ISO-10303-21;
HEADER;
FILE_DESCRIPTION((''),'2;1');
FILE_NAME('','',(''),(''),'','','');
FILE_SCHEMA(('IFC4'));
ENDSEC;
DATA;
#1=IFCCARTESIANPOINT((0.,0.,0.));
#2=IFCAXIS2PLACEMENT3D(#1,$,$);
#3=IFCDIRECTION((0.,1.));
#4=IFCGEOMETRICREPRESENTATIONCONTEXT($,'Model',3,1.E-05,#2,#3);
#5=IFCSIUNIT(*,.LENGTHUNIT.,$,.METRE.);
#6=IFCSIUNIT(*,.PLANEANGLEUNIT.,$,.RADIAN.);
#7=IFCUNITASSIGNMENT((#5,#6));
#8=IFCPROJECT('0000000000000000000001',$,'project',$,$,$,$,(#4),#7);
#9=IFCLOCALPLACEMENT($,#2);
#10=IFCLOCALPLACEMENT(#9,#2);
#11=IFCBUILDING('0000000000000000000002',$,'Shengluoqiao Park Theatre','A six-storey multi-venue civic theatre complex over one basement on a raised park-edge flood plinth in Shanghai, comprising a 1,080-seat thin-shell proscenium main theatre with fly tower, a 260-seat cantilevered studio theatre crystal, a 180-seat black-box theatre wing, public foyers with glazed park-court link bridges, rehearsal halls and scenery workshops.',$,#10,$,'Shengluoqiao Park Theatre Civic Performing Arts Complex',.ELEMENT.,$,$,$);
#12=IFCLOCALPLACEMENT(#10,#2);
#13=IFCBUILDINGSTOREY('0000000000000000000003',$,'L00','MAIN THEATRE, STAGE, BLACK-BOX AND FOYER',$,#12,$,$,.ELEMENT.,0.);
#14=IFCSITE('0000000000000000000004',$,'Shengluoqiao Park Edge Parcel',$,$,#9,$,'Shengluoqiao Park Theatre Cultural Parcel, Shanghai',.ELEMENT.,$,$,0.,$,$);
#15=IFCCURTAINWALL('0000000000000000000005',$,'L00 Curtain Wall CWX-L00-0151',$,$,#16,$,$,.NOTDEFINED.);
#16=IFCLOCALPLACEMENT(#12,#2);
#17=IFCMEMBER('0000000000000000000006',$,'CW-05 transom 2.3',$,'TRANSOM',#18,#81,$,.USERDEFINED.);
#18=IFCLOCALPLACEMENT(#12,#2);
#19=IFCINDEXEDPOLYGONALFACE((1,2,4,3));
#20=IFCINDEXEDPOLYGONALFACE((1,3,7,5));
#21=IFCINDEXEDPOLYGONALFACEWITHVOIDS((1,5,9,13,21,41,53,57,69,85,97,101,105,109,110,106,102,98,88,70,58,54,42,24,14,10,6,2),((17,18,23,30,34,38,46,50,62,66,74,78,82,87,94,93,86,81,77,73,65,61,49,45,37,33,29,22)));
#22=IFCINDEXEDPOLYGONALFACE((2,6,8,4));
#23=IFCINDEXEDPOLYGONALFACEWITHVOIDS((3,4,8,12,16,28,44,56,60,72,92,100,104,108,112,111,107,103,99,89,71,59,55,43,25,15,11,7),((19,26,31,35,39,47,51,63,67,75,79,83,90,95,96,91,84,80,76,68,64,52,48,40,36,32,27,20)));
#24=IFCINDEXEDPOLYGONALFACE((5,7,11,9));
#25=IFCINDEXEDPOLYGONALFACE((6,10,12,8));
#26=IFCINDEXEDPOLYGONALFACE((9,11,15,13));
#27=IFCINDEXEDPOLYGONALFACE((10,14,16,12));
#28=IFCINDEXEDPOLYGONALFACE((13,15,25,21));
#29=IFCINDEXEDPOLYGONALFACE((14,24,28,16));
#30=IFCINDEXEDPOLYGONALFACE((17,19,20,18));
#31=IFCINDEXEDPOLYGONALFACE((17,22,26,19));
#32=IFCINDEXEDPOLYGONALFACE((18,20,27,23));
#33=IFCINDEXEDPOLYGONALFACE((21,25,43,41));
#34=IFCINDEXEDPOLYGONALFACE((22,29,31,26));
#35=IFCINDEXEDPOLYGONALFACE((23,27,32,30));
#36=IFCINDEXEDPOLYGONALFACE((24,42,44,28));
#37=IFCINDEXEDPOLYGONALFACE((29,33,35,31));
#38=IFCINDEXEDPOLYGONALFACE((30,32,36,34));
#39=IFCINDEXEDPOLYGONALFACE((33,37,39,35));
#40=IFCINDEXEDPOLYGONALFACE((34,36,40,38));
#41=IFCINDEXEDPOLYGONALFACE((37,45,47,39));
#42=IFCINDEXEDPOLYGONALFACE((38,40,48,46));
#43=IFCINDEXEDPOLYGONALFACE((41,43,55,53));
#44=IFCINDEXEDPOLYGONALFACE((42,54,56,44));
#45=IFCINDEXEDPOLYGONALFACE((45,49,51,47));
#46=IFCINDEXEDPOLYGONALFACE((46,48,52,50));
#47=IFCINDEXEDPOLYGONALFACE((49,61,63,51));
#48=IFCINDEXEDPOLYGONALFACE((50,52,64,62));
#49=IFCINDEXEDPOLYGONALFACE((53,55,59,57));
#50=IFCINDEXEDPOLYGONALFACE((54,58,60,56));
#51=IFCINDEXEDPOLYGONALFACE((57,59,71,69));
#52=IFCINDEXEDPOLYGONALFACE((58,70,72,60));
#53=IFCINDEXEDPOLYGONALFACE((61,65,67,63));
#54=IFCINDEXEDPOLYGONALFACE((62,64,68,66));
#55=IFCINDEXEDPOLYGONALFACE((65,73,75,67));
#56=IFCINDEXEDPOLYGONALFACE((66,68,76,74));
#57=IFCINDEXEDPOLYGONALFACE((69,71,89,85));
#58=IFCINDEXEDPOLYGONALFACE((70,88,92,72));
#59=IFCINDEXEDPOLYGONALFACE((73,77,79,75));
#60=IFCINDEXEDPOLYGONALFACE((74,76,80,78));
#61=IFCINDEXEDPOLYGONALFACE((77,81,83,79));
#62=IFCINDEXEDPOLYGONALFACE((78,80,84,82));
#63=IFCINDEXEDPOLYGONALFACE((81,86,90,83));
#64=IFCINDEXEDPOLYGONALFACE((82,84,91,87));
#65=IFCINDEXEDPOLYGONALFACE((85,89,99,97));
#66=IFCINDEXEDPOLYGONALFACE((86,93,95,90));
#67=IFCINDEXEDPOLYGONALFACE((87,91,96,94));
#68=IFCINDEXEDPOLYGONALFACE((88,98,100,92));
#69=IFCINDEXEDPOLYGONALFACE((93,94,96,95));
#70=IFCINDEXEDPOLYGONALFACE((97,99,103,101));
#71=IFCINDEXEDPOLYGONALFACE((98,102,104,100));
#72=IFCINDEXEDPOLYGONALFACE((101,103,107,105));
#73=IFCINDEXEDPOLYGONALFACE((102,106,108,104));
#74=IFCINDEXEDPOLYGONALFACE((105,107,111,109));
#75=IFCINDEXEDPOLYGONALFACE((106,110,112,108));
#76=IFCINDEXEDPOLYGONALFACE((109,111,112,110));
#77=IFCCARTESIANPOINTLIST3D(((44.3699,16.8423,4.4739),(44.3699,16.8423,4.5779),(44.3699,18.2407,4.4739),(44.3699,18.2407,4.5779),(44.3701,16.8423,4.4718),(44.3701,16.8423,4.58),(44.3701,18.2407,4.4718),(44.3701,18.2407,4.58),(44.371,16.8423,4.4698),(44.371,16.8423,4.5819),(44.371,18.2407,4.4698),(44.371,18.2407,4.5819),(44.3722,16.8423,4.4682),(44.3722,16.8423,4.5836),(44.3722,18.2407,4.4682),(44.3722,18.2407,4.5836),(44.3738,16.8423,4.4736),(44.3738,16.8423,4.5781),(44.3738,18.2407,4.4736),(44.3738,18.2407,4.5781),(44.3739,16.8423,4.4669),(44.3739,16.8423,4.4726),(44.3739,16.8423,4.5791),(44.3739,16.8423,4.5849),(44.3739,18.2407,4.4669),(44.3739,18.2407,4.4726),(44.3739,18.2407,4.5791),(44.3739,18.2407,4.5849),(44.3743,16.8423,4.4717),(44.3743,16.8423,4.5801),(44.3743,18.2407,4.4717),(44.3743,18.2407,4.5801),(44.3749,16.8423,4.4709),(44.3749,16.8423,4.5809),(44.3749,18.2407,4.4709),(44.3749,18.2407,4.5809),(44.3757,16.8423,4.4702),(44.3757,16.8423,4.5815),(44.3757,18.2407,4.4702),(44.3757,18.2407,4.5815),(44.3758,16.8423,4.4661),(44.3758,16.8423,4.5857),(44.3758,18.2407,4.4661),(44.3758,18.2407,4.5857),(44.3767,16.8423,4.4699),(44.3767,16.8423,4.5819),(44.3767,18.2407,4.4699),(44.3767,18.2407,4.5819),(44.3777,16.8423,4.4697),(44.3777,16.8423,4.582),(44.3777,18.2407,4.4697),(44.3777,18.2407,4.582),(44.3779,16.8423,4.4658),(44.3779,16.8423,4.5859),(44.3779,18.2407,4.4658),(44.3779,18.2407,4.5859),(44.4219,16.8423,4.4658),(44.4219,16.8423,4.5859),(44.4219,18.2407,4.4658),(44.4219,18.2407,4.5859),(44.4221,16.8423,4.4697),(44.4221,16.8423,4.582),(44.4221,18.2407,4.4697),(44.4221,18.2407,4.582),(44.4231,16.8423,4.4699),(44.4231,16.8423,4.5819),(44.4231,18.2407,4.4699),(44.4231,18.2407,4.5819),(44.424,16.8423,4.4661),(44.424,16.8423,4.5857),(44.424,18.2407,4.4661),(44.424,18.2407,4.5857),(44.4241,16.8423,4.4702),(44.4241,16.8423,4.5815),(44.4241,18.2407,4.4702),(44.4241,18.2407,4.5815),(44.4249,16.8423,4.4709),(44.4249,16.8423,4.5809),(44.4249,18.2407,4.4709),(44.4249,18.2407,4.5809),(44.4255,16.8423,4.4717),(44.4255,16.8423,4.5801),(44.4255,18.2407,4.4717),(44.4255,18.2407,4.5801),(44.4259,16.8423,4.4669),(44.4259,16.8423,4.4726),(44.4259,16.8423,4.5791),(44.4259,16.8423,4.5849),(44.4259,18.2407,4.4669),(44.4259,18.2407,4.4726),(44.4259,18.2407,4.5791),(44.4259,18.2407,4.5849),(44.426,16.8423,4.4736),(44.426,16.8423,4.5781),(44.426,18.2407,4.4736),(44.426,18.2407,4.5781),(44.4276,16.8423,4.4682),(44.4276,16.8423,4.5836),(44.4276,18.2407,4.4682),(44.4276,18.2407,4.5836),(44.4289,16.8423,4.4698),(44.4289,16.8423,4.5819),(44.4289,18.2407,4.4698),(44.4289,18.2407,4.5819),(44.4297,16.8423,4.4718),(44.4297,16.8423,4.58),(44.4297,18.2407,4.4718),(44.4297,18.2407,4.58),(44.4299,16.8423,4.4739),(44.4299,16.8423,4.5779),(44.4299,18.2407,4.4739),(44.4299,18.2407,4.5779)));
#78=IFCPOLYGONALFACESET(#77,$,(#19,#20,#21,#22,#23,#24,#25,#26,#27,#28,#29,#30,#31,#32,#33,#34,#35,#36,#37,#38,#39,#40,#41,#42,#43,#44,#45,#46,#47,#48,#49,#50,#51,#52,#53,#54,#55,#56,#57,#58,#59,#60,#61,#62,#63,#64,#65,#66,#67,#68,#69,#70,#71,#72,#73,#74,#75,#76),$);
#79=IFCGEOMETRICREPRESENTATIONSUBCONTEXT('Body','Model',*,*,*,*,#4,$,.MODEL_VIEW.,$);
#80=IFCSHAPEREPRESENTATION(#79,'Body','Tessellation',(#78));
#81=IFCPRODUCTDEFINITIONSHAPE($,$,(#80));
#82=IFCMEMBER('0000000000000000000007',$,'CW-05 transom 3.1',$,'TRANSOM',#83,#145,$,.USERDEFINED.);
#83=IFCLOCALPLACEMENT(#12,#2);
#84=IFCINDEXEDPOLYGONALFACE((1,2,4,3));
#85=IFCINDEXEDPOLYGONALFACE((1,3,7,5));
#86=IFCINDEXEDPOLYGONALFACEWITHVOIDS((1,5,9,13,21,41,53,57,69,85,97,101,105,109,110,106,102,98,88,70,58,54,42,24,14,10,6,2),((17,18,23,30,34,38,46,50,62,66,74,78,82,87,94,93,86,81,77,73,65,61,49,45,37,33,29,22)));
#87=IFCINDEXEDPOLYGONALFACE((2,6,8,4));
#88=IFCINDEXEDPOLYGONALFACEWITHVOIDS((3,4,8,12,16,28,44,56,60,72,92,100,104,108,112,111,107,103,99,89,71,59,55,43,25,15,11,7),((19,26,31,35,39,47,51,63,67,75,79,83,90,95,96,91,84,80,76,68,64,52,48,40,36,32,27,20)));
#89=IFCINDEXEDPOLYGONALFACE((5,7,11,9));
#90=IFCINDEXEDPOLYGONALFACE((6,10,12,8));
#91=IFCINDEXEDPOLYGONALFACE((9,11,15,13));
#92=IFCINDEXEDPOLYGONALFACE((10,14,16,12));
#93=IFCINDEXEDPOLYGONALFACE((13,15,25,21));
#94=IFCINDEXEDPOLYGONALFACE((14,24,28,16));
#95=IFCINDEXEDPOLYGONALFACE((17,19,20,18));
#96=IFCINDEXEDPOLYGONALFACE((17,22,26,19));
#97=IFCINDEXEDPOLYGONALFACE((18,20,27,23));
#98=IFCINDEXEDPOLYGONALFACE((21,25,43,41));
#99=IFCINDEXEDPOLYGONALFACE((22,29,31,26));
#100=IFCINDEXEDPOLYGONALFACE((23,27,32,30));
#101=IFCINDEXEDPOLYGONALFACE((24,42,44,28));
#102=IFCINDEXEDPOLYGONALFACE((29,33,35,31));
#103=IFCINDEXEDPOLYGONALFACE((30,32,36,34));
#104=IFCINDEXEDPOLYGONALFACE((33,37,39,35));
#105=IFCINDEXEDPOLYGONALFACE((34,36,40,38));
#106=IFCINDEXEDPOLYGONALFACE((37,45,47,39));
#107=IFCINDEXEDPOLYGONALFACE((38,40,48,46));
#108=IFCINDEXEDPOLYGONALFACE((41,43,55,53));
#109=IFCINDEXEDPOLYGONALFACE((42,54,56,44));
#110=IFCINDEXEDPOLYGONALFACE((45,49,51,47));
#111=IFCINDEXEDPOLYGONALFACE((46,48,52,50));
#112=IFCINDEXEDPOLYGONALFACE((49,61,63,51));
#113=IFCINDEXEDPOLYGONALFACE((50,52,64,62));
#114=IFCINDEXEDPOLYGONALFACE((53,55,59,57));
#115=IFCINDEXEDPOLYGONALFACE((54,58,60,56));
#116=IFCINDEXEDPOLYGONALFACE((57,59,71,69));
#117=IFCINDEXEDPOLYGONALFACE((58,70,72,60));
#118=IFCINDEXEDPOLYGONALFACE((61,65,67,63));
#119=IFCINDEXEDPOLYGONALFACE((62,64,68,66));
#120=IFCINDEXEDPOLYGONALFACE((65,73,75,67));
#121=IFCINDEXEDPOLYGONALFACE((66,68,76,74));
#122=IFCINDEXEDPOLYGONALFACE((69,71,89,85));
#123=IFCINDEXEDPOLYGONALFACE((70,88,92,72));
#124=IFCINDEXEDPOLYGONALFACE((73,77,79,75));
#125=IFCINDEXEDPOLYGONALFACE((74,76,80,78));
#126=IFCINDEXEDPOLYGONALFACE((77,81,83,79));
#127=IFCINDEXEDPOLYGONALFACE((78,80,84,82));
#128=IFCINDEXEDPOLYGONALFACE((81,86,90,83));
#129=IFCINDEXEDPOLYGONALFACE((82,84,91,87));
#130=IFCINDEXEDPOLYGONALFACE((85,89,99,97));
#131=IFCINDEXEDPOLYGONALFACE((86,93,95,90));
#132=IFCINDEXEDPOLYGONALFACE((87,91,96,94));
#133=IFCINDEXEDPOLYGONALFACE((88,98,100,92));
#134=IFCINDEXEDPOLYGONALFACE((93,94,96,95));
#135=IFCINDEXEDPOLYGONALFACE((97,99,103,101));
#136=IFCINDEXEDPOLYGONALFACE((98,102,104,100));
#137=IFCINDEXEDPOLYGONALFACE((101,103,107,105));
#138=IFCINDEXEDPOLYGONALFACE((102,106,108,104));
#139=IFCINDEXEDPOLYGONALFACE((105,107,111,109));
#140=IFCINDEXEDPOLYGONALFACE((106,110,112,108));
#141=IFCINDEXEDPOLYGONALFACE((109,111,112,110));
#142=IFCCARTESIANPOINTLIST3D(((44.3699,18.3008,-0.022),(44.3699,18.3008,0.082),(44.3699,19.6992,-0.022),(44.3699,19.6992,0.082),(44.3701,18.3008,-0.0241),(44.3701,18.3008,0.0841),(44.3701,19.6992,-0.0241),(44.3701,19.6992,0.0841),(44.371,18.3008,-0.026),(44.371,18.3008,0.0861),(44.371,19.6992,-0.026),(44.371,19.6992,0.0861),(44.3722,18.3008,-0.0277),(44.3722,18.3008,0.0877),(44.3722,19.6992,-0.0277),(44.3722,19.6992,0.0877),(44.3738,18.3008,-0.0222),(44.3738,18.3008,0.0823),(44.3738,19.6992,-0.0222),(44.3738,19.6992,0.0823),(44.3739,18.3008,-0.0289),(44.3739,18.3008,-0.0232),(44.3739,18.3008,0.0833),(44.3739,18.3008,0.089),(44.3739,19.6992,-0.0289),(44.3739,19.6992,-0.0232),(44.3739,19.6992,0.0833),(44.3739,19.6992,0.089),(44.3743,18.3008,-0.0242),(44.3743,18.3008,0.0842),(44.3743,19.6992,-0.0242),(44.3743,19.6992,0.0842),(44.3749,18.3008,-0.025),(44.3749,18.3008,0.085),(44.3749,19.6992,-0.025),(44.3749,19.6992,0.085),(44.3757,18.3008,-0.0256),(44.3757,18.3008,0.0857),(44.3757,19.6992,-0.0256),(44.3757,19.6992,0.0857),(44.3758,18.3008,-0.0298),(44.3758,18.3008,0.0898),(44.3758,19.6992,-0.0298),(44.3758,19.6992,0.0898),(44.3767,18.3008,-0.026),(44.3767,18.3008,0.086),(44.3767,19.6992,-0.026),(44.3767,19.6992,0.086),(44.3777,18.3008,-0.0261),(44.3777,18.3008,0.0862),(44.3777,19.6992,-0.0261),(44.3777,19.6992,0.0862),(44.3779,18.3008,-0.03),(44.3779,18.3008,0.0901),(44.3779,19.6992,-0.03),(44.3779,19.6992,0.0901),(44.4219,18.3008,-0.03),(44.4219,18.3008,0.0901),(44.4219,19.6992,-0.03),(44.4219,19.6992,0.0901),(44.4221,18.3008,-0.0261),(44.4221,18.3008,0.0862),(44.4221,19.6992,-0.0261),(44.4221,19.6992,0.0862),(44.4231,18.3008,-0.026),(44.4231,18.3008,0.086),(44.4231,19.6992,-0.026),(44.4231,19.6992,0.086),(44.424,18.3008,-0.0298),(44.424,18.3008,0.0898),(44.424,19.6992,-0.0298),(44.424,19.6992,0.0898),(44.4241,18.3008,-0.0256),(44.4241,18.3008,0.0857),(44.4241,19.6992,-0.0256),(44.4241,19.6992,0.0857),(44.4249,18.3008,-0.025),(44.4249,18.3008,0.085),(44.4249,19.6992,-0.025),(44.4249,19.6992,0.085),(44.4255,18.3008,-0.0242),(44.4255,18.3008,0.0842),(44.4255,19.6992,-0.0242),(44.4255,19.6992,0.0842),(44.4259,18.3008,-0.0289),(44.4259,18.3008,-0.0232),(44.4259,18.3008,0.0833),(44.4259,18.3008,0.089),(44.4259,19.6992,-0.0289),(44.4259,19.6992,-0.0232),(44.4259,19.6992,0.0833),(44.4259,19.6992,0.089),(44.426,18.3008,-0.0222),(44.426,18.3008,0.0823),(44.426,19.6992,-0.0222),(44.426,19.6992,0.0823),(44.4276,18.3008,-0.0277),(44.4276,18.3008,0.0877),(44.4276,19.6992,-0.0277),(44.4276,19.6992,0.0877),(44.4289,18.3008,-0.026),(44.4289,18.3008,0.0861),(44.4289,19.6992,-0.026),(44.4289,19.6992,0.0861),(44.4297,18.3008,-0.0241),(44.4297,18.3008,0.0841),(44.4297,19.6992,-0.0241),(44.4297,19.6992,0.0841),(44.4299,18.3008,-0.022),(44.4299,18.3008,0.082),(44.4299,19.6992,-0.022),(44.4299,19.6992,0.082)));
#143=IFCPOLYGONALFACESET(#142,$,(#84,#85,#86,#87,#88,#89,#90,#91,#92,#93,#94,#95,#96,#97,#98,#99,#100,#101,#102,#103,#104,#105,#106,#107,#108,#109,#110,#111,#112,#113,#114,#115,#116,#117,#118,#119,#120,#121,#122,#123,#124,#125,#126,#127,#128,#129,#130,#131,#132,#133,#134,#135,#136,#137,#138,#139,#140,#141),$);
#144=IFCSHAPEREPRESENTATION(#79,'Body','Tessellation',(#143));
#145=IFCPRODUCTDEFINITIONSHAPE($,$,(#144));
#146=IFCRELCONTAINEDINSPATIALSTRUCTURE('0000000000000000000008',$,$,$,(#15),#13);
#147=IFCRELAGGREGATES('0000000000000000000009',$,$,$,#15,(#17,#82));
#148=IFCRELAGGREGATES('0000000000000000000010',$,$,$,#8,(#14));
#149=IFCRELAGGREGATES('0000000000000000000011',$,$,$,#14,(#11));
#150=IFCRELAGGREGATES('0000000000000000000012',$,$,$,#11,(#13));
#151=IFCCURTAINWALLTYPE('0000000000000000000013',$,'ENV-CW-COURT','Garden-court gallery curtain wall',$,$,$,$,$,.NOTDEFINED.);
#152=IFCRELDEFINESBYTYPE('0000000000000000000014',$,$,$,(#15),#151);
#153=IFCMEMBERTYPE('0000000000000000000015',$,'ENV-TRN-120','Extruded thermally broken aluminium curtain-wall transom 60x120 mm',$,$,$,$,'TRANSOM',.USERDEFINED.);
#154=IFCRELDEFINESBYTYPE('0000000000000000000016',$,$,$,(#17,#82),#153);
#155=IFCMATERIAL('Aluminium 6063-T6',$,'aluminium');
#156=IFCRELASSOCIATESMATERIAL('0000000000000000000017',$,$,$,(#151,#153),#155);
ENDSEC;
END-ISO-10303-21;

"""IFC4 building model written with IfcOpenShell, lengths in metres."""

from ifc_helpers import new_model, si_unit, direction, frame, origin, origin_2d, place, context, subcontext, project, spatial, hollow_rectangle, extrude, material, material_profile, profile_set, type_object, element, aggregate, save


model = new_model("IFC4")

# Units and contexts
model_context = context("Model", 3, precision=1e-05, world=origin(), true_north=direction((0.0, 1.0)))
body_context = subcontext(model_context, "Body", "Model", "MODEL_VIEW")
ifc_project = project(units=[si_unit("LENGTHUNIT", "METRE"), si_unit("PLANEANGLEUNIT", "RADIAN")], contexts=[model_context])

# Site, building, storey
site_placement = place(None, origin())
site = spatial("IfcSite", under=ifc_project, at=site_placement, Name="Shengluoqiao Park Edge Parcel", LongName="Shengluoqiao Park Theatre Cultural Parcel, Shanghai", CompositionType="ELEMENT", RefElevation=0.0)
building_placement = place(site_placement, origin())
building = spatial("IfcBuilding", under=site, at=building_placement, Name="Shengluoqiao Park Theatre", Description="A six-storey multi-venue civic theatre complex over one basement on a raised park-edge flood plinth in Shanghai, comprising a 1,080-seat thin-shell proscenium main theatre with fly tower, a 260-seat cantilevered studio theatre crystal, a 180-seat black-box theatre wing, public foyers with glazed park-court link bridges, rehearsal halls and scenery workshops.", LongName="Shengluoqiao Park Theatre Civic Performing Arts Complex", CompositionType="ELEMENT")
storey_placement = place(building_placement, origin())
storey = spatial("IfcBuildingStorey", under=building, at=storey_placement, Name="L00", Description="MAIN THEATRE, STAGE, BLACK-BOX AND FOYER", CompositionType="ELEMENT", Elevation=0.0)

# Shared definitions
ifc_material_1 = material(Name="Aluminium 6063-T6", Category="aluminium")
curtain_wall_type = type_object("IfcCurtainWallType", Name="ENV-CW-COURT", Description="Garden-court gallery curtain wall", PredefinedType="NOTDEFINED", material=ifc_material_1)

# Curtain wall
curtain_wall_1_placement = place(storey_placement, origin())
curtain_wall_1 = element("IfcCurtainWall", 1, at=curtain_wall_1_placement, inside=storey, type_object=curtain_wall_type, Name="L00 Curtain Wall CWX-L00-0151", PredefinedType="NOTDEFINED")

# Members
ifc_material_profile_1 = material_profile(ifc_material_1, hollow_rectangle(XDim=0.0601, YDim=0.1201, WallThickness=0.0039, InnerFilletRadius=0.0039, OuterFilletRadius=0.0081, at=origin_2d()), Name="ALU TRANSOM 120x60x4")
ifc_profile_set_1 = profile_set([ifc_material_profile_1], Name="Aluminium 6063-T6")
member_type_1 = type_object("IfcMemberType", Name="ENV-TRN-120", Description="Extruded thermally broken aluminium curtain-wall transom 60x120 mm", ElementType="TRANSOM", PredefinedType="USERDEFINED", material=ifc_profile_set_1)
member_1_placement = place(storey_placement, frame((44.3999, 16.8423, 4.5259), z_axis=(0.0, 1.0, 0.0), x_axis=(-1.0, 0.0, 0.0)))
member_1 = element("IfcMember", 2, at=member_1_placement, type_object=member_type_1, Name="CW-05 transom 2.3", ObjectType="TRANSOM", PredefinedType="USERDEFINED", context=body_context, shape_type="SweptSolid", body=[
    extrude(hollow_rectangle(XDim=0.0601, YDim=0.1201, WallThickness=0.0039, InnerFilletRadius=0.0039, OuterFilletRadius=0.0081, at=origin_2d()), origin(), (0.0, 0.0, 1.0), 1.3984),
])
member_2_placement = place(storey_placement, frame((44.3999, 18.3008, 0.03), z_axis=(0.0, 1.0, 0.0), x_axis=(-1.0, 0.0, 0.0)))
member_2 = element("IfcMember", 3, at=member_2_placement, type_object=member_type_1, Name="CW-05 transom 3.1", ObjectType="TRANSOM", PredefinedType="USERDEFINED", context=body_context, shape_type="SweptSolid", body=[
    extrude(hollow_rectangle(XDim=0.0601, YDim=0.1201, WallThickness=0.0039, InnerFilletRadius=0.0039, OuterFilletRadius=0.0081, at=origin_2d()), origin(), (0.0, 0.0, 1.0), 1.3984),
])

aggregate(curtain_wall_1, [member_1, member_2])

save(model, "model.ifc")
